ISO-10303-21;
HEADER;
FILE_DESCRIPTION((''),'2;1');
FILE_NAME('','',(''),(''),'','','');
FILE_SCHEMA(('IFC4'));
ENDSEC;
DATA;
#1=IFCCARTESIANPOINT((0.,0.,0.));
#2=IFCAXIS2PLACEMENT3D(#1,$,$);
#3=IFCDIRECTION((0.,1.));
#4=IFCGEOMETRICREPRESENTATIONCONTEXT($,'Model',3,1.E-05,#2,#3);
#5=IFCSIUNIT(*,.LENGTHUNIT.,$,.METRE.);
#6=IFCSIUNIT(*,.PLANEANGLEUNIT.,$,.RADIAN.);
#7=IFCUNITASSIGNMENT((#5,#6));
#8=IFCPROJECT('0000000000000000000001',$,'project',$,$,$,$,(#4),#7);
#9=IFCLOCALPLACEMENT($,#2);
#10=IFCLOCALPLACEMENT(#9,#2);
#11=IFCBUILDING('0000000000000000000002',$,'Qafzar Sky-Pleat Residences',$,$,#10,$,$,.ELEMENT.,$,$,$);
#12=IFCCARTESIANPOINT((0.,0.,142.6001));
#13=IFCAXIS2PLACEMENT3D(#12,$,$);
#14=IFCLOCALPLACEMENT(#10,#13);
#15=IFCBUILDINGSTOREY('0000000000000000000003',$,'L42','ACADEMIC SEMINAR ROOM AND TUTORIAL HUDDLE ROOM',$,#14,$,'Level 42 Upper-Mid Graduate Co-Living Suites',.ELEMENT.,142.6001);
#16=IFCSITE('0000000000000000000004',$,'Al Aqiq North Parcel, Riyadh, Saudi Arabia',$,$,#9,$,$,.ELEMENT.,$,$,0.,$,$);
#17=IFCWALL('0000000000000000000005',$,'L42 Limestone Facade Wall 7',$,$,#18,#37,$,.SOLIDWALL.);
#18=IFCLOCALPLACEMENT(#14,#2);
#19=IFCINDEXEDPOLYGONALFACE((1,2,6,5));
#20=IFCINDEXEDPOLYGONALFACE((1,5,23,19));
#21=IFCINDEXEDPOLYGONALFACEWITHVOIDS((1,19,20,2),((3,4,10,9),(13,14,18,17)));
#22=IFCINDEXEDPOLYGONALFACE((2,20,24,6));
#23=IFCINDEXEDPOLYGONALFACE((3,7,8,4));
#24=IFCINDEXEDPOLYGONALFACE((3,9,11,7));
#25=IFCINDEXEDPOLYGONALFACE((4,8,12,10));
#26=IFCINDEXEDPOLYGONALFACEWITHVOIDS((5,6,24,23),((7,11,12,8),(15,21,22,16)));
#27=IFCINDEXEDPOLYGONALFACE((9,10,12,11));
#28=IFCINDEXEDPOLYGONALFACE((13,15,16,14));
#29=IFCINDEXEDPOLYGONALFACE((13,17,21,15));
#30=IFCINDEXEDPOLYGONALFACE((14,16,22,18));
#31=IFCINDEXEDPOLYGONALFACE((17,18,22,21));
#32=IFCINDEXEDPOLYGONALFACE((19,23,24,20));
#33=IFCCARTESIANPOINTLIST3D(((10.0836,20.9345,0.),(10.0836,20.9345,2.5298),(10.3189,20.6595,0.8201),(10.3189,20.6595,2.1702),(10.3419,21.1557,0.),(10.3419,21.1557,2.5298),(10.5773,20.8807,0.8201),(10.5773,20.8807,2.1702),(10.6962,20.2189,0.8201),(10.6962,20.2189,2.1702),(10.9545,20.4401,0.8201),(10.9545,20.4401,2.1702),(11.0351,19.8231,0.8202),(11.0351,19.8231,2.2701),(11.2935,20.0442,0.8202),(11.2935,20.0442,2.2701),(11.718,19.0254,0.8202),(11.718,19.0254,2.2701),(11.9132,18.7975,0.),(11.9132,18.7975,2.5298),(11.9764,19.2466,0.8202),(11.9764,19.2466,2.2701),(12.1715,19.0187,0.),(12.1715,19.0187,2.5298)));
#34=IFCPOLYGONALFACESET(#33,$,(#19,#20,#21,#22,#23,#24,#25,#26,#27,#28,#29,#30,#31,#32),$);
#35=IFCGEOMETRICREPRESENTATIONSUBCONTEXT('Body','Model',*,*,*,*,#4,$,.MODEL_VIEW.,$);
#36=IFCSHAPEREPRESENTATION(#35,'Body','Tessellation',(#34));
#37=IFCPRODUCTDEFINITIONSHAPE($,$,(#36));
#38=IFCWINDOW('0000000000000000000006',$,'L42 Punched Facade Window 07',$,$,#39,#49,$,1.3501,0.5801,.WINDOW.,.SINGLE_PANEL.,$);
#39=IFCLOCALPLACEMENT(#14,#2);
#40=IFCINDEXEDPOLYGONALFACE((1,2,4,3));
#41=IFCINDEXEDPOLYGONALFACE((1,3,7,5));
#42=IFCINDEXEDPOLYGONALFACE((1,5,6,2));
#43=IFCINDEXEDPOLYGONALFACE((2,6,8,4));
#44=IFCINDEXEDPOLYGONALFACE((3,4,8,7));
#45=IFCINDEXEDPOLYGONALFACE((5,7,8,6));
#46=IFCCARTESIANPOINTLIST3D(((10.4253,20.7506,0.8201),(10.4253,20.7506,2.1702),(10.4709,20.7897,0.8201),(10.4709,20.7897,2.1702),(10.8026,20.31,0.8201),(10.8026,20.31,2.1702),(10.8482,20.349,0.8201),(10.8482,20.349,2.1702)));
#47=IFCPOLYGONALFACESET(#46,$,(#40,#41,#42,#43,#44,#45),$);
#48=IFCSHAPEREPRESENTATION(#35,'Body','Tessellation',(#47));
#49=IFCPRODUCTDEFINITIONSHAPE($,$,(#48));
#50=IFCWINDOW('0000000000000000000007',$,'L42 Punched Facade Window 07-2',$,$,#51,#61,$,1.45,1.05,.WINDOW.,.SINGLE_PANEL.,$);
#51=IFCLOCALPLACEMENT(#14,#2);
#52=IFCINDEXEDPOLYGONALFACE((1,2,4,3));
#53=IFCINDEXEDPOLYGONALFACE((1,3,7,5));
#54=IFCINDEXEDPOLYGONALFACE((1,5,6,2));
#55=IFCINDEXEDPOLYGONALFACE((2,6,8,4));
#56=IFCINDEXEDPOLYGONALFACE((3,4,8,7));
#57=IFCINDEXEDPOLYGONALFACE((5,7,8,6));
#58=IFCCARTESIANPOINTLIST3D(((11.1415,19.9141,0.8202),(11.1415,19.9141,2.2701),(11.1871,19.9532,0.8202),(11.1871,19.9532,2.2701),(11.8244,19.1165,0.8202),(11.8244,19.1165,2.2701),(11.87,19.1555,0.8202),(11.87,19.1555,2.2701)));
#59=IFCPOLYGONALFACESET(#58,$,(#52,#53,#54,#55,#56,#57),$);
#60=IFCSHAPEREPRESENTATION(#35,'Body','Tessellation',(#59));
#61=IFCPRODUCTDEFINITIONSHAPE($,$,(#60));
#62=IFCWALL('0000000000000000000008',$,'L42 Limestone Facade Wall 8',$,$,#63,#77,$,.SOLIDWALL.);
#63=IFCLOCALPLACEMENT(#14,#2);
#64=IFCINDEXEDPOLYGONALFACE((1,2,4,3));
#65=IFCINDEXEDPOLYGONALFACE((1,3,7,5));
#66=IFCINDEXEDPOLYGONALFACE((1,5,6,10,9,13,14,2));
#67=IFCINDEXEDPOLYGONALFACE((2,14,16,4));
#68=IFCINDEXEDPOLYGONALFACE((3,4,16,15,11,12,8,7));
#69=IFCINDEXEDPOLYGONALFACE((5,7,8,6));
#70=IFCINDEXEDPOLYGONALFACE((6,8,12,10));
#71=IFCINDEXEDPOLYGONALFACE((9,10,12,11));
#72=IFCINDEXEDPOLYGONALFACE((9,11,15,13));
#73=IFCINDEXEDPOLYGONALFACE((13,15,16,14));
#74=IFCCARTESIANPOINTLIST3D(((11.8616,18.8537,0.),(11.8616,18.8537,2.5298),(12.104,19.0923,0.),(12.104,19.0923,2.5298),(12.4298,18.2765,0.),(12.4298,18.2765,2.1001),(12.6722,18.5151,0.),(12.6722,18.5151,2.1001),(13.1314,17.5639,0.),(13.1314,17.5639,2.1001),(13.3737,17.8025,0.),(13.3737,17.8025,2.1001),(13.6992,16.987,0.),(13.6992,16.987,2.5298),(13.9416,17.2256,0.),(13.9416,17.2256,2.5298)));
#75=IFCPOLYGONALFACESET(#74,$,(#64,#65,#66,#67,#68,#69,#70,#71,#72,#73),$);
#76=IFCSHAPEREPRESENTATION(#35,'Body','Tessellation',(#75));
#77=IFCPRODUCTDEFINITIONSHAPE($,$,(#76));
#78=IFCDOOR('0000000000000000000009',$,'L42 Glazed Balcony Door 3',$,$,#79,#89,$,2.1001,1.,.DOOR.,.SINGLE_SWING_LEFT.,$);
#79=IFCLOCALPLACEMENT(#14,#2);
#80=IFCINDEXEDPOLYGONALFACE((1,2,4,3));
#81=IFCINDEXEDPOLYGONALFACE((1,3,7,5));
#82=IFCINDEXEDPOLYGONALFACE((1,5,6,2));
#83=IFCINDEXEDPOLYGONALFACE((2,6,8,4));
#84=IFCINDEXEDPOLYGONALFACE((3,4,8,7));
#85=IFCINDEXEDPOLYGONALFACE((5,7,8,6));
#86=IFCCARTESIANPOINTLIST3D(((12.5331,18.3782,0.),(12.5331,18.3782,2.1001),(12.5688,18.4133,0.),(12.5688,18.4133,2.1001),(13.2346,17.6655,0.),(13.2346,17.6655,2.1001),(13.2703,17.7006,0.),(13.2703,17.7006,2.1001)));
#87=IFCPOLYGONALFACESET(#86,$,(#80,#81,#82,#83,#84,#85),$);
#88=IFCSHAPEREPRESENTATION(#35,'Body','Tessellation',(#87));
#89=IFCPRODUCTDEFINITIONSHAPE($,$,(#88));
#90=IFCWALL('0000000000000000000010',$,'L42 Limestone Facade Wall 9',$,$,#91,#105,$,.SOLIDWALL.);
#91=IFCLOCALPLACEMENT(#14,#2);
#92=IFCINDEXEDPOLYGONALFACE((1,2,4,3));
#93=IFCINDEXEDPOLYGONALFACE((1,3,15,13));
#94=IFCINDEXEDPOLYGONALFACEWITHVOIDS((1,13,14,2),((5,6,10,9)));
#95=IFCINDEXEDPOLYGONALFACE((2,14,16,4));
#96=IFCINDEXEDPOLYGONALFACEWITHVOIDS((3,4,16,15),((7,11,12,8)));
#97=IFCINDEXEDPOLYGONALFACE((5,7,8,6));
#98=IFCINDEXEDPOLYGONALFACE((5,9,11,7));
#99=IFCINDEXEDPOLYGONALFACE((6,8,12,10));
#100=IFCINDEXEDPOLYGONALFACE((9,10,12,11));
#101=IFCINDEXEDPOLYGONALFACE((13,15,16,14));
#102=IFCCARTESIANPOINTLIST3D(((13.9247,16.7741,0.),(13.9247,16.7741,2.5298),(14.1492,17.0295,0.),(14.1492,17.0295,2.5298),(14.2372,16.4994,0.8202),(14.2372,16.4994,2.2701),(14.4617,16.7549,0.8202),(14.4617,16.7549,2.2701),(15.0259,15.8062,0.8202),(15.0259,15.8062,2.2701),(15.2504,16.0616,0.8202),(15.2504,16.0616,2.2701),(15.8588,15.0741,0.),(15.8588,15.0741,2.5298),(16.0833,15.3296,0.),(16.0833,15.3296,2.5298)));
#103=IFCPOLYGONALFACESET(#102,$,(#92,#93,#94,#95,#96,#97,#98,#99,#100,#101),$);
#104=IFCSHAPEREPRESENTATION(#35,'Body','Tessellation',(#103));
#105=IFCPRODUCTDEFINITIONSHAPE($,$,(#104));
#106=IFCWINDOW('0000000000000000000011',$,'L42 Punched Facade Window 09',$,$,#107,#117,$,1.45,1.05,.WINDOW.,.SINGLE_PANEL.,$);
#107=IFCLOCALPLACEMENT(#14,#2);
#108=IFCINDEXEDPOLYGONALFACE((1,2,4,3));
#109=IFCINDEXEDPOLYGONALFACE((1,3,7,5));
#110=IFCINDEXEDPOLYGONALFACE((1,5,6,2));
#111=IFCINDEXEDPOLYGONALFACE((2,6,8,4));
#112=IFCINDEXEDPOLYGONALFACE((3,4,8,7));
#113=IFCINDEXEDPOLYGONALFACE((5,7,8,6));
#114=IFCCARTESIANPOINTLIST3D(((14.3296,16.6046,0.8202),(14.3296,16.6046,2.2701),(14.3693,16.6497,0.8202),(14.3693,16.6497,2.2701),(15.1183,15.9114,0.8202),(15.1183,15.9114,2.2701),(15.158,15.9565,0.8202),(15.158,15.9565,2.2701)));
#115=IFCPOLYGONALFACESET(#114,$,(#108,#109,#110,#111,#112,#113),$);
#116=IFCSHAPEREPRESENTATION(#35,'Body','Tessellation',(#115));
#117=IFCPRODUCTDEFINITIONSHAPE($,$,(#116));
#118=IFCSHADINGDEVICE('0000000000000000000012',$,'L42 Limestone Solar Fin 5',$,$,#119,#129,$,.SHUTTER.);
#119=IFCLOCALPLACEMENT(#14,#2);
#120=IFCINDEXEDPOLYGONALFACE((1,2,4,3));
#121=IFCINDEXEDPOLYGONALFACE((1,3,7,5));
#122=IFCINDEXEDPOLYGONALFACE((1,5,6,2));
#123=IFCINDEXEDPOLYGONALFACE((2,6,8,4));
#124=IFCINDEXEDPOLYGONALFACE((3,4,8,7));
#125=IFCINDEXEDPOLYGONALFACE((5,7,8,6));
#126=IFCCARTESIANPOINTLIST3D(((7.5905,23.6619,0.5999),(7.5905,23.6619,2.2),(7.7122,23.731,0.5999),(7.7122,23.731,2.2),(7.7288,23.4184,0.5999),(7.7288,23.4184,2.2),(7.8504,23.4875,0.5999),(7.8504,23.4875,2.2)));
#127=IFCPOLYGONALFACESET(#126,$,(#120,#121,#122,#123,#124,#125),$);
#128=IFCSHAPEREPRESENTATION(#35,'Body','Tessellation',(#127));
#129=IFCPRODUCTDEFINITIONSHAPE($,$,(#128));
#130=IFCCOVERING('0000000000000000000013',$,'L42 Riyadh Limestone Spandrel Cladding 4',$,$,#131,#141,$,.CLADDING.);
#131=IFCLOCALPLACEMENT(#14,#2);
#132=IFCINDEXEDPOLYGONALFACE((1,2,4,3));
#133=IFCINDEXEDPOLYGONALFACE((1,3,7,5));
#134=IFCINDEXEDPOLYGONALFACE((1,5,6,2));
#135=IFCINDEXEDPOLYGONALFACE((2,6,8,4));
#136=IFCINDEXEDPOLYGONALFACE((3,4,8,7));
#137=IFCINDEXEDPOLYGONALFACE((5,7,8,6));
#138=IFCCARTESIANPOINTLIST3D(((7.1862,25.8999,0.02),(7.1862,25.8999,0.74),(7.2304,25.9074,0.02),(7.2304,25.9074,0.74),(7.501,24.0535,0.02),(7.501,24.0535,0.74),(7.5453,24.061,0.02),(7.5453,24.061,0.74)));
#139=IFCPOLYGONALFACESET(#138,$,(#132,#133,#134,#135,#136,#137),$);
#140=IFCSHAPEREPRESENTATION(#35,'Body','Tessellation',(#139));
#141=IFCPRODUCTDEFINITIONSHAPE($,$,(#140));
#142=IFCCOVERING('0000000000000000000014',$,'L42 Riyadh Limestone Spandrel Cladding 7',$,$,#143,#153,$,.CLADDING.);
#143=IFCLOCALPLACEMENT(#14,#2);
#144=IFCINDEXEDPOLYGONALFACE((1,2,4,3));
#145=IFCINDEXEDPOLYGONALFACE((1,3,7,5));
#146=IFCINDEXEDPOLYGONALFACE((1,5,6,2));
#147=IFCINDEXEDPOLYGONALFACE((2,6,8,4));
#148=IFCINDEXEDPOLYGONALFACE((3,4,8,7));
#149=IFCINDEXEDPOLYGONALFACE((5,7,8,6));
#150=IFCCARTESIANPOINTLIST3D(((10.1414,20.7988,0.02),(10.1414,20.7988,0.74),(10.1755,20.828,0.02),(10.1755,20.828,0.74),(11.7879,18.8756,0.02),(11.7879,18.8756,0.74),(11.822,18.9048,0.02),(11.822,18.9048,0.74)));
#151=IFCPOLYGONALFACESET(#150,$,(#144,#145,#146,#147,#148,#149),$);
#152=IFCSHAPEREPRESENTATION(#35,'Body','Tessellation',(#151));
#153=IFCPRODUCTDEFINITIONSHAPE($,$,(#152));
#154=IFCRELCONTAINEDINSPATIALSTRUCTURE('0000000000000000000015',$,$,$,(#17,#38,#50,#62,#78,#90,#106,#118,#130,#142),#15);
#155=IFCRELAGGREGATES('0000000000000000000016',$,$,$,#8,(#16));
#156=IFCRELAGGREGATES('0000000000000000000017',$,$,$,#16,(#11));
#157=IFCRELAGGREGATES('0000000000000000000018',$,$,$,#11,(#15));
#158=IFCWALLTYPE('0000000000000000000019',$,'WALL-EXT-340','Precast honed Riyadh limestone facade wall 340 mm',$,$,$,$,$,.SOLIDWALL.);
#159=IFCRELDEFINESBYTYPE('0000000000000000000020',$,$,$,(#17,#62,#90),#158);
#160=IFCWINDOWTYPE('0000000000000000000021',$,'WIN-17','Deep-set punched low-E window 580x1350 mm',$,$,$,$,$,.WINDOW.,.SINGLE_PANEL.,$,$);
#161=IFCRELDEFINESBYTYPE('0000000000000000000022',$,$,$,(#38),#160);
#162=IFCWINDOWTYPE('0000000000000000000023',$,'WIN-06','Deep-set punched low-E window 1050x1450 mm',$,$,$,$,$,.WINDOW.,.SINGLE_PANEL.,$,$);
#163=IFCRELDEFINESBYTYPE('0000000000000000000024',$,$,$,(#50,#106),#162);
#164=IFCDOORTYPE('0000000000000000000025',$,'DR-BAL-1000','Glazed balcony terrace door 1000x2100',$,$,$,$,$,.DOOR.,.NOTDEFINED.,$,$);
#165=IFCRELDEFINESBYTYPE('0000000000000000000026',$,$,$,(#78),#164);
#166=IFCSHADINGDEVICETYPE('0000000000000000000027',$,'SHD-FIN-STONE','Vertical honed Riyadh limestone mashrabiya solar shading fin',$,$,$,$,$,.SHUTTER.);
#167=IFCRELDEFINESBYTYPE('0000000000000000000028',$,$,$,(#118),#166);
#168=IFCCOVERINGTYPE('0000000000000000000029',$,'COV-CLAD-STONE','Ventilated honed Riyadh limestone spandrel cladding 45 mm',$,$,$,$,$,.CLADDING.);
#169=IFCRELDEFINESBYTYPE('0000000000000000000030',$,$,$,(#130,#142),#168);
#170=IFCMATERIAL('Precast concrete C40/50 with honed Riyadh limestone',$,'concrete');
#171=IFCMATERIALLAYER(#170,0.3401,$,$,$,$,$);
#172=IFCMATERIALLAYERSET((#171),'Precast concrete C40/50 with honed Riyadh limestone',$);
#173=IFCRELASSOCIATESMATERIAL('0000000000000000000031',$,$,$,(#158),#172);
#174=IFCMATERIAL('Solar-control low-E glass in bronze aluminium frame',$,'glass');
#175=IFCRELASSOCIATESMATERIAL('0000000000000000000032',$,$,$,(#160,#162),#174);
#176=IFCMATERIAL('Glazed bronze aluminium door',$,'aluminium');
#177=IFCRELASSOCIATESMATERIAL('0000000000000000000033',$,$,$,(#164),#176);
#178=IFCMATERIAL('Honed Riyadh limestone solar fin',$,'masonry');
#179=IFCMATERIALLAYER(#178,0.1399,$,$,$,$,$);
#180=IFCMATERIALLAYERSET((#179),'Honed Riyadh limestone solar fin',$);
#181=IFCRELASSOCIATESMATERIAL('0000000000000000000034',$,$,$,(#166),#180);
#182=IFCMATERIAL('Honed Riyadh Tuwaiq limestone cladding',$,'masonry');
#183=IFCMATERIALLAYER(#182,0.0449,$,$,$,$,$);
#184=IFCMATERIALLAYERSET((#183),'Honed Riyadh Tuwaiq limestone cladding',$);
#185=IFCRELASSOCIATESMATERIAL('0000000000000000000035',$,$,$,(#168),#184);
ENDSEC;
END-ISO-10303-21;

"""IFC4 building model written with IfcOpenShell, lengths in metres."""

from ifc_helpers import new_model, si_unit, direction, frame, frame_2d, origin, origin_2d, place, context, subcontext, project, spatial, rectangle, extrude, source, transform, mapped, material, layer, layer_set, type_object, element, fill, save


model = new_model("IFC4")

# Units and contexts
model_context = context("Model", 3, precision=1e-05, world=origin(), true_north=direction((0.0, 1.0)))
body_context = subcontext(model_context, "Body", "Model", "MODEL_VIEW")
ifc_project = project(units=[si_unit("LENGTHUNIT", "METRE"), si_unit("PLANEANGLEUNIT", "RADIAN")], contexts=[model_context])

# Site, building, storey
site_placement = place(None, origin())
site = spatial("IfcSite", under=ifc_project, at=site_placement, Name="Al Aqiq North Parcel, Riyadh, Saudi Arabia", CompositionType="ELEMENT", RefElevation=0.0)
building_placement = place(site_placement, origin())
building = spatial("IfcBuilding", under=site, at=building_placement, Name="Qafzar Sky-Pleat Residences", CompositionType="ELEMENT")
storey_placement = place(building_placement, frame((0.0, 0.0, 142.6001)))
storey = spatial("IfcBuildingStorey", under=building, at=storey_placement, Name="L42", Description="ACADEMIC SEMINAR ROOM AND TUTORIAL HUDDLE ROOM", LongName="Level 42 Upper-Mid Graduate Co-Living Suites", CompositionType="ELEMENT", Elevation=142.6001)

# Shared definitions
ifc_material_1 = material(Name="Precast concrete C40/50 with honed Riyadh limestone", Category="concrete")
ifc_layer_1 = layer(ifc_material_1, 0.3401)
ifc_layer_set_1 = layer_set([ifc_layer_1], Name="Precast concrete C40/50 with honed Riyadh limestone")
wall_type_1 = type_object("IfcWallType", Name="WALL-EXT-340", Description="Precast honed Riyadh limestone facade wall 340 mm", PredefinedType="SOLIDWALL", material=ifc_layer_set_1)
ifc_material_2 = material(Name="Solar-control low-E glass in bronze aluminium frame", Category="glass")

# Wall, openings, windows
wall_1_placement = place(storey_placement, frame((10.2126, 21.0452, 0.0), z_axis=(0.0, 0.0, 1.0), x_axis=(0.650362, -0.759624, 0.0)))
wall_1 = element("IfcWall", 1, at=wall_1_placement, inside=storey, type_object=wall_type_1, Name="L42 Limestone Facade Wall 7", PredefinedType="SOLIDWALL", context=body_context, shape_type="SweptSolid", body=[
    extrude(rectangle(XDim=2.8132, YDim=0.3401, at=frame_2d((1.4067, 0.0))), origin(), (0.0, 0.0, 1.0), 2.5298),
])
opening_1_placement = place(wall_1_placement, frame((0.3621, 0.0, 0.8201)))
opening_1 = element("IfcOpeningElement", 2, at=opening_1_placement, cuts=wall_1, PredefinedType="OPENING", context=body_context, shape_type="SweptSolid", body=[
    extrude(rectangle(XDim=0.5801, YDim=1.3501, at=frame_2d((0.29, 0.675))), frame((0.0, 0.1802, 0.0), z_axis=(0.0, -1.0, 0.0), x_axis=(1.0, 0.0, 0.0)), (0.0, 0.0, 1.0), 0.3601),
])
opening_2_placement = place(wall_1_placement, frame((1.4634, 0.0, 0.8201)))
opening_2 = element("IfcOpeningElement", 3, at=opening_2_placement, cuts=wall_1, PredefinedType="OPENING", context=body_context, shape_type="SweptSolid", body=[
    extrude(rectangle(XDim=1.05, YDim=1.45, at=frame_2d((0.5249, 0.7251))), frame((0.0, 0.1802, 0.0), z_axis=(0.0, -1.0, 0.0), x_axis=(1.0, 0.0, 0.0)), (0.0, 0.0, 1.0), 0.3601),
])
window_type_1 = type_object("IfcWindowType", Name="WIN-17", Description="Deep-set punched low-E window 580x1350 mm", PartitioningType="SINGLE_PANEL", PredefinedType="WINDOW", material=ifc_material_2)
shared_shape_1 = source(origin(), body_context, "Body", "SweptSolid", [
    extrude(rectangle(XDim=0.5801, YDim=1.3501, at=frame_2d((0.29, 0.675))), frame((0.0, 0.03, 0.0), z_axis=(0.0, -1.0, 0.0), x_axis=(1.0, 0.0, 0.0)), (0.0, 0.0, 1.0), 0.0601),
])
window_1_placement = place(opening_1_placement, origin())
window_1 = element("IfcWindow", 4, at=window_1_placement, inside=storey, type_object=window_type_1, Name="L42 Punched Facade Window 07", OverallHeight=1.3501, OverallWidth=0.5801, PartitioningType="SINGLE_PANEL", PredefinedType="WINDOW", context=body_context, shape_type="MappedRepresentation", body=[
    mapped(shared_shape_1, transform((0.0, 0.0, 0.0), x_axis=(1.0, 0.0, 0.0), y_axis=(0.0, 1.0, 0.0), z_axis=(0.0, 0.0, 1.0), scale=1.0)),
])
fill(opening_1, window_1)
window_type_2 = type_object("IfcWindowType", Name="WIN-06", Description="Deep-set punched low-E window 1050x1450 mm", PartitioningType="SINGLE_PANEL", PredefinedType="WINDOW", material=ifc_material_2)
shared_shape_2 = source(origin(), body_context, "Body", "SweptSolid", [
    extrude(rectangle(XDim=1.05, YDim=1.45, at=frame_2d((0.5249, 0.7251))), frame((0.0, 0.03, 0.0), z_axis=(0.0, -1.0, 0.0), x_axis=(1.0, 0.0, 0.0)), (0.0, 0.0, 1.0), 0.0601),
])
window_2_placement = place(opening_2_placement, origin())
window_2 = element("IfcWindow", 5, at=window_2_placement, inside=storey, type_object=window_type_2, Name="L42 Punched Facade Window 07-2", OverallHeight=1.45, OverallWidth=1.05, PartitioningType="SINGLE_PANEL", PredefinedType="WINDOW", context=body_context, shape_type="MappedRepresentation", body=[
    mapped(shared_shape_2, transform((0.0, 0.0, 0.0), x_axis=(1.0, 0.0, 0.0), y_axis=(0.0, 1.0, 0.0), z_axis=(0.0, 0.0, 1.0), scale=1.0)),
])
fill(opening_2, window_2)

# Wall, opening, door
wall_2_placement = place(storey_placement, frame((11.9829, 18.9729, 0.0), z_axis=(0.0, 0.0, 1.0), x_axis=(0.701539, -0.712631, 0.0)))
wall_2 = element("IfcWall", 6, at=wall_2_placement, inside=storey, type_object=wall_type_1, Name="L42 Limestone Facade Wall 8", PredefinedType="SOLIDWALL", context=body_context, shape_type="SweptSolid", body=[
    extrude(rectangle(XDim=2.6194, YDim=0.3401, at=frame_2d((1.3096, 0.0))), origin(), (0.0, 0.0, 1.0), 2.5298),
])
opening_3_placement = place(wall_2_placement, frame((0.8098, 0.0, 0.0)))
opening_3 = element("IfcOpeningElement", 7, at=opening_3_placement, cuts=wall_2, PredefinedType="OPENING", context=body_context, shape_type="SweptSolid", body=[
    extrude(rectangle(XDim=1.0, YDim=2.1001, at=frame_2d((0.5, 1.05))), frame((0.0, 0.1802, 0.0), z_axis=(0.0, -1.0, 0.0), x_axis=(1.0, 0.0, 0.0)), (0.0, 0.0, 1.0), 0.3601),
])
ifc_material_3 = material(Name="Glazed bronze aluminium door", Category="aluminium")
door_type = type_object("IfcDoorType", Name="DR-BAL-1000", Description="Glazed balcony terrace door 1000x2100", OperationType="NOTDEFINED", PredefinedType="DOOR", material=ifc_material_3)
shared_shape_3 = source(origin(), body_context, "Body", "SweptSolid", [
    extrude(rectangle(XDim=1.0, YDim=2.1001, at=frame_2d((0.5, 1.05))), frame((0.0, 0.0249, 0.0), z_axis=(0.0, -1.0, 0.0), x_axis=(1.0, 0.0, 0.0)), (0.0, 0.0, 1.0), 0.05),
])
door_placement = place(opening_3_placement, origin())
door = element("IfcDoor", 8, at=door_placement, inside=storey, type_object=door_type, Name="L42 Glazed Balcony Door 3", OperationType="SINGLE_SWING_LEFT", OverallHeight=2.1001, OverallWidth=1.0, PredefinedType="DOOR", context=body_context, shape_type="MappedRepresentation", body=[
    mapped(shared_shape_3, transform((0.0, 0.0, 0.0), x_axis=(1.0, 0.0, 0.0), y_axis=(0.0, 1.0, 0.0), z_axis=(0.0, 0.0, 1.0), scale=1.0)),
])
fill(opening_3, door)

# Wall, opening, window
wall_3_placement = place(storey_placement, frame((14.0369, 16.9019, 0.0), z_axis=(0.0, 0.0, 1.0), x_axis=(0.751106, -0.660181, 0.0)))
wall_3 = element("IfcWall", 9, at=wall_3_placement, inside=storey, type_object=wall_type_1, Name="L42 Limestone Facade Wall 9", PredefinedType="SOLIDWALL", context=body_context, shape_type="SweptSolid", body=[
    extrude(rectangle(XDim=2.575, YDim=0.3401, at=frame_2d((1.2876, 0.0))), origin(), (0.0, 0.0, 1.0), 2.5298),
])
opening_4_placement = place(wall_3_placement, frame((0.4163, 0.0, 0.8201)))
opening_4 = element("IfcOpeningElement", 10, at=opening_4_placement, cuts=wall_3, PredefinedType="OPENING", context=body_context, shape_type="SweptSolid", body=[
    extrude(rectangle(XDim=1.05, YDim=1.45, at=frame_2d((0.5249, 0.7251))), frame((0.0, 0.1802, 0.0), z_axis=(0.0, -1.0, 0.0), x_axis=(1.0, 0.0, 0.0)), (0.0, 0.0, 1.0), 0.3601),
])
window_3_placement = place(opening_4_placement, origin())
window_3 = element("IfcWindow", 11, at=window_3_placement, inside=storey, type_object=window_type_2, Name="L42 Punched Facade Window 09", OverallHeight=1.45, OverallWidth=1.05, PartitioningType="SINGLE_PANEL", PredefinedType="WINDOW", context=body_context, shape_type="MappedRepresentation", body=[
    mapped(shared_shape_2, transform((0.0, 0.0, 0.0), x_axis=(1.0, 0.0, 0.0), y_axis=(0.0, 1.0, 0.0), z_axis=(0.0, 0.0, 1.0), scale=1.0)),
])
fill(opening_4, window_3)

# Shading device
ifc_material_4 = material(Name="Honed Riyadh limestone solar fin", Category="masonry")
ifc_layer_2 = layer(ifc_material_4, 0.1399)
ifc_layer_set_2 = layer_set([ifc_layer_2], Name="Honed Riyadh limestone solar fin")
shading_device_type = type_object("IfcShadingDeviceType", Name="SHD-FIN-STONE", Description="Vertical honed Riyadh limestone mashrabiya solar shading fin", PredefinedType="SHUTTER", material=ifc_layer_set_2)
shared_shape_4 = source(origin(), body_context, "Body", "SweptSolid", [
    extrude(rectangle(XDim=0.1399, YDim=0.28, at=origin_2d()), origin(), (0.0, 0.0, 1.0), 1.6001),
])
shading_device_placement = place(storey_placement, frame((7.7205, 23.5747, 0.5999), z_axis=(0.0, 0.0, 1.0), x_axis=(-0.869615, -0.493731, 0.0)))
element("IfcShadingDevice", 12, at=shading_device_placement, inside=storey, type_object=shading_device_type, Name="L42 Limestone Solar Fin 5", PredefinedType="SHUTTER", context=body_context, shape_type="MappedRepresentation", body=[
    mapped(shared_shape_4, transform((0.0, 0.0, 0.0), x_axis=(1.0, 0.0, 0.0), y_axis=(0.0, 1.0, 0.0), z_axis=(0.0, 0.0, 1.0), scale=1.0)),
])

# Covering
ifc_material_5 = material(Name="Honed Riyadh Tuwaiq limestone cladding", Category="masonry")
ifc_layer_3 = layer(ifc_material_5, 0.0449)
ifc_layer_set_3 = layer_set([ifc_layer_3], Name="Honed Riyadh Tuwaiq limestone cladding")
covering_type = type_object("IfcCoveringType", Name="COV-CLAD-STONE", Description="Ventilated honed Riyadh limestone spandrel cladding 45 mm", PredefinedType="CLADDING", material=ifc_layer_set_3)
shared_shape_5 = source(origin(), body_context, "Body", "SweptSolid", [
    extrude(rectangle(XDim=1.873, YDim=0.0449, at=origin_2d()), origin(), (0.0, 0.0, 1.0), 0.72),
])
covering_1_placement = place(storey_placement, frame((7.3657, 24.9805, 0.02), z_axis=(0.0, 0.0, 1.0), x_axis=(0.168084, -0.985773, 0.0)))
element("IfcCovering", 13, at=covering_1_placement, inside=storey, type_object=covering_type, Name="L42 Riyadh Limestone Spandrel Cladding 4", PredefinedType="CLADDING", context=body_context, shape_type="MappedRepresentation", body=[
    mapped(shared_shape_5, transform((0.0, 0.0, 0.0), x_axis=(1.0, 0.0, 0.0), y_axis=(0.0, 1.0, 0.0), z_axis=(0.0, 0.0, 1.0), scale=1.0)),
])

# Covering
shared_shape_6 = source(origin(), body_context, "Body", "SweptSolid", [
    extrude(rectangle(XDim=2.5317, YDim=0.0449, at=origin_2d()), origin(), (0.0, 0.0, 1.0), 0.72),
])
covering_2_placement = place(storey_placement, frame((10.9817, 19.8518, 0.02), z_axis=(0.0, 0.0, 1.0), x_axis=(0.650338, -0.759645, 0.0)))
element("IfcCovering", 14, at=covering_2_placement, inside=storey, type_object=covering_type, Name="L42 Riyadh Limestone Spandrel Cladding 7", PredefinedType="CLADDING", context=body_context, shape_type="MappedRepresentation", body=[
    mapped(shared_shape_6, transform((0.0, 0.0, 0.0), x_axis=(1.0, 0.0, 0.0), y_axis=(0.0, 1.0, 0.0), z_axis=(0.0, 0.0, 1.0), scale=1.0)),
])

save(model, "model.ifc")
